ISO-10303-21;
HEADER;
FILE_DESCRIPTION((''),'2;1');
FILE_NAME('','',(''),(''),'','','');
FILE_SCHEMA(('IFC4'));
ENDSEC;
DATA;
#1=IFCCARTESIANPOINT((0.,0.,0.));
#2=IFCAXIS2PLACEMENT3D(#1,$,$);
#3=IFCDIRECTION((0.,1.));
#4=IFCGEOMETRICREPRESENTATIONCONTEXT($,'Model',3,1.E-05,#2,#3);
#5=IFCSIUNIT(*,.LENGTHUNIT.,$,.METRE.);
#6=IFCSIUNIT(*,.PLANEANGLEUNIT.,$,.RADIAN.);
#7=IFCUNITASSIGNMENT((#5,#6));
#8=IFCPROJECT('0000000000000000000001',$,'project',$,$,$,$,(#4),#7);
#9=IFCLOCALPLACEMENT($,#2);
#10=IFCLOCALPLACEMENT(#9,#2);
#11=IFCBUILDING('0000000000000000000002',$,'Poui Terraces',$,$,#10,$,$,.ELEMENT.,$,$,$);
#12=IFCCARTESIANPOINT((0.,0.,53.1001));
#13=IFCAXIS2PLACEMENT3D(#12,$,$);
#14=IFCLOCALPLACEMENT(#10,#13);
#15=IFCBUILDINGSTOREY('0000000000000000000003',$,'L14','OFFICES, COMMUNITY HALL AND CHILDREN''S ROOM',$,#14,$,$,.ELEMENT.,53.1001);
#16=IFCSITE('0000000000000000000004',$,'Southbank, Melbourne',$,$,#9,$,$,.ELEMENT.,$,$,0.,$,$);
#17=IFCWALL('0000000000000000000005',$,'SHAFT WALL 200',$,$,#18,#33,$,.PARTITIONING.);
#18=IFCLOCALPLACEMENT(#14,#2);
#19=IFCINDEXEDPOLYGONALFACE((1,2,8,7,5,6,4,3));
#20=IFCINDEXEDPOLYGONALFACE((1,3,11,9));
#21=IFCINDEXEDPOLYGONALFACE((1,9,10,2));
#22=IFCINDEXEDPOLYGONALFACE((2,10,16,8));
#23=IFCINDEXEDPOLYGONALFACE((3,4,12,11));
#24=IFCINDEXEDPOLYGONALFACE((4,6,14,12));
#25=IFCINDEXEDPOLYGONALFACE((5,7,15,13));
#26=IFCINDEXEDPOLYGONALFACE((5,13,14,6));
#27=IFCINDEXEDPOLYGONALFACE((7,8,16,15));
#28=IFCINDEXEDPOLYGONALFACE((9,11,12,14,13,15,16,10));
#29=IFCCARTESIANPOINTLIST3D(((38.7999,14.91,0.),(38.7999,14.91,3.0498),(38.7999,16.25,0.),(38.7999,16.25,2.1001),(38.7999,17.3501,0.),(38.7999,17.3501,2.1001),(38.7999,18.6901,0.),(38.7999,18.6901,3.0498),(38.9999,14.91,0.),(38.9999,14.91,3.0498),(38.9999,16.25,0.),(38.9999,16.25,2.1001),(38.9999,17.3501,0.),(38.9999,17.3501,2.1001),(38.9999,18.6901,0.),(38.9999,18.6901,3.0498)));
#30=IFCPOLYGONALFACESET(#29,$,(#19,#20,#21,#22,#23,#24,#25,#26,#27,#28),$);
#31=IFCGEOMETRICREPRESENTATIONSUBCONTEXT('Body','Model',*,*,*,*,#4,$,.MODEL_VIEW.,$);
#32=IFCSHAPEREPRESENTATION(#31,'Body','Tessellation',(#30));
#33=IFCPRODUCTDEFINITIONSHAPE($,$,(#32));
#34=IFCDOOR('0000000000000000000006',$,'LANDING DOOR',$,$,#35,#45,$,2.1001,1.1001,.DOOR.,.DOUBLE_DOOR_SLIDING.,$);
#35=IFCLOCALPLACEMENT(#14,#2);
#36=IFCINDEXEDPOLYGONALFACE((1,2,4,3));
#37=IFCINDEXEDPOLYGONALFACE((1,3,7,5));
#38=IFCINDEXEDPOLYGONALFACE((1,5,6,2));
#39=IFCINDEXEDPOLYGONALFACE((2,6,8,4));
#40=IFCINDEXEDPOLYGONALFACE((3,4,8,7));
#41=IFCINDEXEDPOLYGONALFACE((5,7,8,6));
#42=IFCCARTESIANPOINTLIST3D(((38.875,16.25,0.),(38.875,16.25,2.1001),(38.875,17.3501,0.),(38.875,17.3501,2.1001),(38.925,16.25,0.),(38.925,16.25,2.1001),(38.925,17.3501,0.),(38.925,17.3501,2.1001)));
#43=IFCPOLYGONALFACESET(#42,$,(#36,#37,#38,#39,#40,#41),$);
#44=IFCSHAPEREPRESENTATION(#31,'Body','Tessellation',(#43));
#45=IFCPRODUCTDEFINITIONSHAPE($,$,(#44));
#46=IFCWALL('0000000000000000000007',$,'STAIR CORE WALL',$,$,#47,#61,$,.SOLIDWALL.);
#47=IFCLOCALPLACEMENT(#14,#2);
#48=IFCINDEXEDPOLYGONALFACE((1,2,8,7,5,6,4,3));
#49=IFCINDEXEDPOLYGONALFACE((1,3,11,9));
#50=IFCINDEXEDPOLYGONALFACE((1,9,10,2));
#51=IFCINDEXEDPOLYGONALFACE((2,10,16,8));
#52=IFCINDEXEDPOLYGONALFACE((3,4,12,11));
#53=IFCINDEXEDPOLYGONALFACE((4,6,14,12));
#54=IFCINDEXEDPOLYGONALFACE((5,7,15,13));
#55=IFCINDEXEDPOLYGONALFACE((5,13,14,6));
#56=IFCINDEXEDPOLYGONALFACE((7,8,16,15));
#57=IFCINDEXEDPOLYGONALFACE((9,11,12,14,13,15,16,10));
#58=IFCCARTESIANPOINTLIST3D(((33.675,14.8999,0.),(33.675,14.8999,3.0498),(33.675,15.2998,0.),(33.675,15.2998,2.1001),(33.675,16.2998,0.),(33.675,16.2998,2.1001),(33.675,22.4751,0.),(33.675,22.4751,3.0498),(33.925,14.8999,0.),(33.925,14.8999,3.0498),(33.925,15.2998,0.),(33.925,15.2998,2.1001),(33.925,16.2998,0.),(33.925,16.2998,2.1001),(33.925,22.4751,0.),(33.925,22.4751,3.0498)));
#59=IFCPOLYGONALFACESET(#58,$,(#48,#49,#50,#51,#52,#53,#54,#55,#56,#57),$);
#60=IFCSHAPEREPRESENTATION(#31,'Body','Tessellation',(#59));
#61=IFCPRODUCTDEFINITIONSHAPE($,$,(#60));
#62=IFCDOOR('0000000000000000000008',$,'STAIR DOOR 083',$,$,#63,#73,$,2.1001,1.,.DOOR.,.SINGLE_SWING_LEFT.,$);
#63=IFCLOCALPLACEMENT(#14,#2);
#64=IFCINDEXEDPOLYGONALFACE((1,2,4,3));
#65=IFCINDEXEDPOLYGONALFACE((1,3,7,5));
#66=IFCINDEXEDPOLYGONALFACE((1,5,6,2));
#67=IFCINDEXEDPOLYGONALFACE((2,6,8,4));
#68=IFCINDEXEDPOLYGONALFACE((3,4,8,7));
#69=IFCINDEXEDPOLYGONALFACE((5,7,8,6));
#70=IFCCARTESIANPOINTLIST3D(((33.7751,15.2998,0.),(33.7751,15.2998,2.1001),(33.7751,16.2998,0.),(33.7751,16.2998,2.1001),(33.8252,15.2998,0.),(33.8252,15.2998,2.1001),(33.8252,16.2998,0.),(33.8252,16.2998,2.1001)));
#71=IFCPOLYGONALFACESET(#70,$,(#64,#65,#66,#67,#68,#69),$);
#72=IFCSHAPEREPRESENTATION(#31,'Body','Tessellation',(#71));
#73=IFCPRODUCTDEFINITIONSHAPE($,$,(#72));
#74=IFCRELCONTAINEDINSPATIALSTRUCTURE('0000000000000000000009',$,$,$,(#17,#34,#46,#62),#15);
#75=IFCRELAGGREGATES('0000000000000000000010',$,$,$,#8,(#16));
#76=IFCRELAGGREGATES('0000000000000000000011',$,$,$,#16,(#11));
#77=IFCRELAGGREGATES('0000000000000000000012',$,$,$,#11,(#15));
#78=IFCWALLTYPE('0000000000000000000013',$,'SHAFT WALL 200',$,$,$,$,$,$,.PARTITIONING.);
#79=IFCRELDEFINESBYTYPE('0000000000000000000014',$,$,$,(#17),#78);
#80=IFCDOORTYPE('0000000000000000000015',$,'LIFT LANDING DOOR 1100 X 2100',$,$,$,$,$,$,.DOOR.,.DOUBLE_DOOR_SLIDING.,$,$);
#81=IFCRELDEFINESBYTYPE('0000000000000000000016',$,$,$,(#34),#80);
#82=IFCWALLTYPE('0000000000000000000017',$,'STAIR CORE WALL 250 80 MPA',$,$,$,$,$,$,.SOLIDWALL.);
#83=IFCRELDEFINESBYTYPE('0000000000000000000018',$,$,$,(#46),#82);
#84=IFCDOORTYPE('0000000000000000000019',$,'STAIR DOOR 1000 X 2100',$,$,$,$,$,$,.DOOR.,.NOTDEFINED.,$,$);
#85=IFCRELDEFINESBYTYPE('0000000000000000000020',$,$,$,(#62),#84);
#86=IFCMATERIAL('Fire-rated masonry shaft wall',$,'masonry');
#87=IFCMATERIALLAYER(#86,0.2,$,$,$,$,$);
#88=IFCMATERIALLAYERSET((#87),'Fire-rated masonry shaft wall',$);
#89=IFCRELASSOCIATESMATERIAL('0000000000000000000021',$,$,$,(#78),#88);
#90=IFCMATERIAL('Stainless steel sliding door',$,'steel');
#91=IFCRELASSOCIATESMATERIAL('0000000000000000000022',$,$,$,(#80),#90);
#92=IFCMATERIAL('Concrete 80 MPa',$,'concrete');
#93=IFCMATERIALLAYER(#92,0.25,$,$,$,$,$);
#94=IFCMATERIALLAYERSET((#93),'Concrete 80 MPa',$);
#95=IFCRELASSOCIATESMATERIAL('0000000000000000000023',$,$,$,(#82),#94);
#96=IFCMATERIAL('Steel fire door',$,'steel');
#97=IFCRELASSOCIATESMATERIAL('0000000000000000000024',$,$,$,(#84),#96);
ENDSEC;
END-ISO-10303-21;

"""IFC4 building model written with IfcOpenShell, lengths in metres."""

from ifc_helpers import new_model, si_unit, direction, frame, frame_2d, origin, place, context, subcontext, project, spatial, rectangle, extrude, material, layer, layer_set, type_object, element, fill, save


model = new_model("IFC4")

# Units and contexts
model_context = context("Model", 3, precision=1e-05, world=origin(), true_north=direction((0.0, 1.0)))
body_context = subcontext(model_context, "Body", "Model", "MODEL_VIEW")
ifc_project = project(units=[si_unit("LENGTHUNIT", "METRE"), si_unit("PLANEANGLEUNIT", "RADIAN")], contexts=[model_context])

# Site, building, storey
site_placement = place(None, origin())
site = spatial("IfcSite", under=ifc_project, at=site_placement, Name="Southbank, Melbourne", CompositionType="ELEMENT", RefElevation=0.0)
building_placement = place(site_placement, origin())
building = spatial("IfcBuilding", under=site, at=building_placement, Name="Poui Terraces", CompositionType="ELEMENT")
storey_placement = place(building_placement, frame((0.0, 0.0, 53.1001)))
storey = spatial("IfcBuildingStorey", under=building, at=storey_placement, Name="L14", Description="OFFICES, COMMUNITY HALL AND CHILDREN'S ROOM", CompositionType="ELEMENT", Elevation=53.1001)

# Shared definitions
ifc_material_1 = material(Name="Concrete 80 MPa", Category="concrete")

# Shared definitions
ifc_material_2 = material(Name="Steel fire door", Category="steel")

# Walls, openings, doors
ifc_material_3 = material(Name="Fire-rated masonry shaft wall", Category="masonry")
ifc_layer_1 = layer(ifc_material_3, 0.2)
ifc_layer_set_1 = layer_set([ifc_layer_1], Name="Fire-rated masonry shaft wall")
wall_type_1 = type_object("IfcWallType", Name="SHAFT WALL 200", PredefinedType="PARTITIONING", material=ifc_layer_set_1)
wall_1_placement = place(storey_placement, frame((38.8999, 14.9099, 0.0), z_axis=(0.0, 0.0, 1.0), x_axis=(0.0, 1.0, 0.0)))
wall_1 = element("IfcWall", 1, at=wall_1_placement, inside=storey, type_object=wall_type_1, Name="SHAFT WALL 200", PredefinedType="PARTITIONING", context=body_context, shape_type="SweptSolid", body=[
    extrude(rectangle(XDim=3.78, YDim=0.2, at=frame_2d((1.8901, 0.0))), origin(), (0.0, 0.0, 1.0), 3.0498),
])
opening_1_placement = place(wall_1_placement, frame((1.3401, 0.0, 0.0)))
opening_1 = element("IfcOpeningElement", 2, at=opening_1_placement, cuts=wall_1, PredefinedType="OPENING", context=body_context, shape_type="SweptSolid", body=[
    extrude(rectangle(XDim=1.1001, YDim=2.1001, at=frame_2d((0.55, 1.05))), frame((0.0, 0.1099, 0.0), z_axis=(0.0, -1.0, 0.0), x_axis=(1.0, 0.0, 0.0)), (0.0, 0.0, 1.0), 0.22),
])
ifc_material_4 = material(Name="Stainless steel sliding door", Category="steel")
door_type_1 = type_object("IfcDoorType", Name="LIFT LANDING DOOR 1100 X 2100", OperationType="DOUBLE_DOOR_SLIDING", PredefinedType="DOOR", material=ifc_material_4)
door_1_placement = place(opening_1_placement, origin())
door_1 = element("IfcDoor", 3, at=door_1_placement, inside=storey, type_object=door_type_1, Name="LANDING DOOR", OperationType="DOUBLE_DOOR_SLIDING", OverallHeight=2.1001, OverallWidth=1.1001, PredefinedType="DOOR", context=body_context, shape_type="SweptSolid", body=[
    extrude(rectangle(XDim=1.1001, YDim=2.1001, at=frame_2d((0.55, 1.05))), frame((0.0, 0.0249, 0.0), z_axis=(0.0, -1.0, 0.0), x_axis=(1.0, 0.0, 0.0)), (0.0, 0.0, 1.0), 0.05),
])
fill(opening_1, door_1)
ifc_layer_2 = layer(ifc_material_1, 0.25)
ifc_layer_set_2 = layer_set([ifc_layer_2], Name="Concrete 80 MPa")
wall_type_2 = type_object("IfcWallType", Name="STAIR CORE WALL 250 80 MPA", PredefinedType="SOLIDWALL", material=ifc_layer_set_2)
wall_2_placement = place(storey_placement, frame((33.8, 14.8999, 0.0), z_axis=(0.0, 0.0, 1.0), x_axis=(0.0, 1.0, 0.0)))
wall_2 = element("IfcWall", 4, at=wall_2_placement, inside=storey, type_object=wall_type_2, Name="STAIR CORE WALL", PredefinedType="SOLIDWALL", context=body_context, shape_type="SweptSolid", body=[
    extrude(rectangle(XDim=7.5752, YDim=0.25, at=frame_2d((3.7876, 0.0))), origin(), (0.0, 0.0, 1.0), 3.0498),
])
opening_2_placement = place(wall_2_placement, frame((0.3999, 0.0, 0.0)))
opening_2 = element("IfcOpeningElement", 5, at=opening_2_placement, cuts=wall_2, PredefinedType="OPENING", context=body_context, shape_type="SweptSolid", body=[
    extrude(rectangle(XDim=1.0, YDim=2.1001, at=frame_2d((0.5, 1.05))), frame((0.0, 0.135, 0.0), z_axis=(0.0, -1.0, 0.0), x_axis=(1.0, 0.0, 0.0)), (0.0, 0.0, 1.0), 0.27),
])
door_type_2 = type_object("IfcDoorType", Name="STAIR DOOR 1000 X 2100", OperationType="NOTDEFINED", PredefinedType="DOOR", material=ifc_material_2)
door_2_placement = place(opening_2_placement, origin())
door_2 = element("IfcDoor", 6, at=door_2_placement, inside=storey, type_object=door_type_2, Name="STAIR DOOR 083", OperationType="SINGLE_SWING_LEFT", OverallHeight=2.1001, OverallWidth=1.0, PredefinedType="DOOR", context=body_context, shape_type="SweptSolid", body=[
    extrude(rectangle(XDim=1.0, YDim=2.1001, at=frame_2d((0.5, 1.05))), frame((0.0, 0.0249, 0.0), z_axis=(0.0, -1.0, 0.0), x_axis=(1.0, 0.0, 0.0)), (0.0, 0.0, 1.0), 0.05),
])
fill(opening_2, door_2)

save(model, "model.ifc")
